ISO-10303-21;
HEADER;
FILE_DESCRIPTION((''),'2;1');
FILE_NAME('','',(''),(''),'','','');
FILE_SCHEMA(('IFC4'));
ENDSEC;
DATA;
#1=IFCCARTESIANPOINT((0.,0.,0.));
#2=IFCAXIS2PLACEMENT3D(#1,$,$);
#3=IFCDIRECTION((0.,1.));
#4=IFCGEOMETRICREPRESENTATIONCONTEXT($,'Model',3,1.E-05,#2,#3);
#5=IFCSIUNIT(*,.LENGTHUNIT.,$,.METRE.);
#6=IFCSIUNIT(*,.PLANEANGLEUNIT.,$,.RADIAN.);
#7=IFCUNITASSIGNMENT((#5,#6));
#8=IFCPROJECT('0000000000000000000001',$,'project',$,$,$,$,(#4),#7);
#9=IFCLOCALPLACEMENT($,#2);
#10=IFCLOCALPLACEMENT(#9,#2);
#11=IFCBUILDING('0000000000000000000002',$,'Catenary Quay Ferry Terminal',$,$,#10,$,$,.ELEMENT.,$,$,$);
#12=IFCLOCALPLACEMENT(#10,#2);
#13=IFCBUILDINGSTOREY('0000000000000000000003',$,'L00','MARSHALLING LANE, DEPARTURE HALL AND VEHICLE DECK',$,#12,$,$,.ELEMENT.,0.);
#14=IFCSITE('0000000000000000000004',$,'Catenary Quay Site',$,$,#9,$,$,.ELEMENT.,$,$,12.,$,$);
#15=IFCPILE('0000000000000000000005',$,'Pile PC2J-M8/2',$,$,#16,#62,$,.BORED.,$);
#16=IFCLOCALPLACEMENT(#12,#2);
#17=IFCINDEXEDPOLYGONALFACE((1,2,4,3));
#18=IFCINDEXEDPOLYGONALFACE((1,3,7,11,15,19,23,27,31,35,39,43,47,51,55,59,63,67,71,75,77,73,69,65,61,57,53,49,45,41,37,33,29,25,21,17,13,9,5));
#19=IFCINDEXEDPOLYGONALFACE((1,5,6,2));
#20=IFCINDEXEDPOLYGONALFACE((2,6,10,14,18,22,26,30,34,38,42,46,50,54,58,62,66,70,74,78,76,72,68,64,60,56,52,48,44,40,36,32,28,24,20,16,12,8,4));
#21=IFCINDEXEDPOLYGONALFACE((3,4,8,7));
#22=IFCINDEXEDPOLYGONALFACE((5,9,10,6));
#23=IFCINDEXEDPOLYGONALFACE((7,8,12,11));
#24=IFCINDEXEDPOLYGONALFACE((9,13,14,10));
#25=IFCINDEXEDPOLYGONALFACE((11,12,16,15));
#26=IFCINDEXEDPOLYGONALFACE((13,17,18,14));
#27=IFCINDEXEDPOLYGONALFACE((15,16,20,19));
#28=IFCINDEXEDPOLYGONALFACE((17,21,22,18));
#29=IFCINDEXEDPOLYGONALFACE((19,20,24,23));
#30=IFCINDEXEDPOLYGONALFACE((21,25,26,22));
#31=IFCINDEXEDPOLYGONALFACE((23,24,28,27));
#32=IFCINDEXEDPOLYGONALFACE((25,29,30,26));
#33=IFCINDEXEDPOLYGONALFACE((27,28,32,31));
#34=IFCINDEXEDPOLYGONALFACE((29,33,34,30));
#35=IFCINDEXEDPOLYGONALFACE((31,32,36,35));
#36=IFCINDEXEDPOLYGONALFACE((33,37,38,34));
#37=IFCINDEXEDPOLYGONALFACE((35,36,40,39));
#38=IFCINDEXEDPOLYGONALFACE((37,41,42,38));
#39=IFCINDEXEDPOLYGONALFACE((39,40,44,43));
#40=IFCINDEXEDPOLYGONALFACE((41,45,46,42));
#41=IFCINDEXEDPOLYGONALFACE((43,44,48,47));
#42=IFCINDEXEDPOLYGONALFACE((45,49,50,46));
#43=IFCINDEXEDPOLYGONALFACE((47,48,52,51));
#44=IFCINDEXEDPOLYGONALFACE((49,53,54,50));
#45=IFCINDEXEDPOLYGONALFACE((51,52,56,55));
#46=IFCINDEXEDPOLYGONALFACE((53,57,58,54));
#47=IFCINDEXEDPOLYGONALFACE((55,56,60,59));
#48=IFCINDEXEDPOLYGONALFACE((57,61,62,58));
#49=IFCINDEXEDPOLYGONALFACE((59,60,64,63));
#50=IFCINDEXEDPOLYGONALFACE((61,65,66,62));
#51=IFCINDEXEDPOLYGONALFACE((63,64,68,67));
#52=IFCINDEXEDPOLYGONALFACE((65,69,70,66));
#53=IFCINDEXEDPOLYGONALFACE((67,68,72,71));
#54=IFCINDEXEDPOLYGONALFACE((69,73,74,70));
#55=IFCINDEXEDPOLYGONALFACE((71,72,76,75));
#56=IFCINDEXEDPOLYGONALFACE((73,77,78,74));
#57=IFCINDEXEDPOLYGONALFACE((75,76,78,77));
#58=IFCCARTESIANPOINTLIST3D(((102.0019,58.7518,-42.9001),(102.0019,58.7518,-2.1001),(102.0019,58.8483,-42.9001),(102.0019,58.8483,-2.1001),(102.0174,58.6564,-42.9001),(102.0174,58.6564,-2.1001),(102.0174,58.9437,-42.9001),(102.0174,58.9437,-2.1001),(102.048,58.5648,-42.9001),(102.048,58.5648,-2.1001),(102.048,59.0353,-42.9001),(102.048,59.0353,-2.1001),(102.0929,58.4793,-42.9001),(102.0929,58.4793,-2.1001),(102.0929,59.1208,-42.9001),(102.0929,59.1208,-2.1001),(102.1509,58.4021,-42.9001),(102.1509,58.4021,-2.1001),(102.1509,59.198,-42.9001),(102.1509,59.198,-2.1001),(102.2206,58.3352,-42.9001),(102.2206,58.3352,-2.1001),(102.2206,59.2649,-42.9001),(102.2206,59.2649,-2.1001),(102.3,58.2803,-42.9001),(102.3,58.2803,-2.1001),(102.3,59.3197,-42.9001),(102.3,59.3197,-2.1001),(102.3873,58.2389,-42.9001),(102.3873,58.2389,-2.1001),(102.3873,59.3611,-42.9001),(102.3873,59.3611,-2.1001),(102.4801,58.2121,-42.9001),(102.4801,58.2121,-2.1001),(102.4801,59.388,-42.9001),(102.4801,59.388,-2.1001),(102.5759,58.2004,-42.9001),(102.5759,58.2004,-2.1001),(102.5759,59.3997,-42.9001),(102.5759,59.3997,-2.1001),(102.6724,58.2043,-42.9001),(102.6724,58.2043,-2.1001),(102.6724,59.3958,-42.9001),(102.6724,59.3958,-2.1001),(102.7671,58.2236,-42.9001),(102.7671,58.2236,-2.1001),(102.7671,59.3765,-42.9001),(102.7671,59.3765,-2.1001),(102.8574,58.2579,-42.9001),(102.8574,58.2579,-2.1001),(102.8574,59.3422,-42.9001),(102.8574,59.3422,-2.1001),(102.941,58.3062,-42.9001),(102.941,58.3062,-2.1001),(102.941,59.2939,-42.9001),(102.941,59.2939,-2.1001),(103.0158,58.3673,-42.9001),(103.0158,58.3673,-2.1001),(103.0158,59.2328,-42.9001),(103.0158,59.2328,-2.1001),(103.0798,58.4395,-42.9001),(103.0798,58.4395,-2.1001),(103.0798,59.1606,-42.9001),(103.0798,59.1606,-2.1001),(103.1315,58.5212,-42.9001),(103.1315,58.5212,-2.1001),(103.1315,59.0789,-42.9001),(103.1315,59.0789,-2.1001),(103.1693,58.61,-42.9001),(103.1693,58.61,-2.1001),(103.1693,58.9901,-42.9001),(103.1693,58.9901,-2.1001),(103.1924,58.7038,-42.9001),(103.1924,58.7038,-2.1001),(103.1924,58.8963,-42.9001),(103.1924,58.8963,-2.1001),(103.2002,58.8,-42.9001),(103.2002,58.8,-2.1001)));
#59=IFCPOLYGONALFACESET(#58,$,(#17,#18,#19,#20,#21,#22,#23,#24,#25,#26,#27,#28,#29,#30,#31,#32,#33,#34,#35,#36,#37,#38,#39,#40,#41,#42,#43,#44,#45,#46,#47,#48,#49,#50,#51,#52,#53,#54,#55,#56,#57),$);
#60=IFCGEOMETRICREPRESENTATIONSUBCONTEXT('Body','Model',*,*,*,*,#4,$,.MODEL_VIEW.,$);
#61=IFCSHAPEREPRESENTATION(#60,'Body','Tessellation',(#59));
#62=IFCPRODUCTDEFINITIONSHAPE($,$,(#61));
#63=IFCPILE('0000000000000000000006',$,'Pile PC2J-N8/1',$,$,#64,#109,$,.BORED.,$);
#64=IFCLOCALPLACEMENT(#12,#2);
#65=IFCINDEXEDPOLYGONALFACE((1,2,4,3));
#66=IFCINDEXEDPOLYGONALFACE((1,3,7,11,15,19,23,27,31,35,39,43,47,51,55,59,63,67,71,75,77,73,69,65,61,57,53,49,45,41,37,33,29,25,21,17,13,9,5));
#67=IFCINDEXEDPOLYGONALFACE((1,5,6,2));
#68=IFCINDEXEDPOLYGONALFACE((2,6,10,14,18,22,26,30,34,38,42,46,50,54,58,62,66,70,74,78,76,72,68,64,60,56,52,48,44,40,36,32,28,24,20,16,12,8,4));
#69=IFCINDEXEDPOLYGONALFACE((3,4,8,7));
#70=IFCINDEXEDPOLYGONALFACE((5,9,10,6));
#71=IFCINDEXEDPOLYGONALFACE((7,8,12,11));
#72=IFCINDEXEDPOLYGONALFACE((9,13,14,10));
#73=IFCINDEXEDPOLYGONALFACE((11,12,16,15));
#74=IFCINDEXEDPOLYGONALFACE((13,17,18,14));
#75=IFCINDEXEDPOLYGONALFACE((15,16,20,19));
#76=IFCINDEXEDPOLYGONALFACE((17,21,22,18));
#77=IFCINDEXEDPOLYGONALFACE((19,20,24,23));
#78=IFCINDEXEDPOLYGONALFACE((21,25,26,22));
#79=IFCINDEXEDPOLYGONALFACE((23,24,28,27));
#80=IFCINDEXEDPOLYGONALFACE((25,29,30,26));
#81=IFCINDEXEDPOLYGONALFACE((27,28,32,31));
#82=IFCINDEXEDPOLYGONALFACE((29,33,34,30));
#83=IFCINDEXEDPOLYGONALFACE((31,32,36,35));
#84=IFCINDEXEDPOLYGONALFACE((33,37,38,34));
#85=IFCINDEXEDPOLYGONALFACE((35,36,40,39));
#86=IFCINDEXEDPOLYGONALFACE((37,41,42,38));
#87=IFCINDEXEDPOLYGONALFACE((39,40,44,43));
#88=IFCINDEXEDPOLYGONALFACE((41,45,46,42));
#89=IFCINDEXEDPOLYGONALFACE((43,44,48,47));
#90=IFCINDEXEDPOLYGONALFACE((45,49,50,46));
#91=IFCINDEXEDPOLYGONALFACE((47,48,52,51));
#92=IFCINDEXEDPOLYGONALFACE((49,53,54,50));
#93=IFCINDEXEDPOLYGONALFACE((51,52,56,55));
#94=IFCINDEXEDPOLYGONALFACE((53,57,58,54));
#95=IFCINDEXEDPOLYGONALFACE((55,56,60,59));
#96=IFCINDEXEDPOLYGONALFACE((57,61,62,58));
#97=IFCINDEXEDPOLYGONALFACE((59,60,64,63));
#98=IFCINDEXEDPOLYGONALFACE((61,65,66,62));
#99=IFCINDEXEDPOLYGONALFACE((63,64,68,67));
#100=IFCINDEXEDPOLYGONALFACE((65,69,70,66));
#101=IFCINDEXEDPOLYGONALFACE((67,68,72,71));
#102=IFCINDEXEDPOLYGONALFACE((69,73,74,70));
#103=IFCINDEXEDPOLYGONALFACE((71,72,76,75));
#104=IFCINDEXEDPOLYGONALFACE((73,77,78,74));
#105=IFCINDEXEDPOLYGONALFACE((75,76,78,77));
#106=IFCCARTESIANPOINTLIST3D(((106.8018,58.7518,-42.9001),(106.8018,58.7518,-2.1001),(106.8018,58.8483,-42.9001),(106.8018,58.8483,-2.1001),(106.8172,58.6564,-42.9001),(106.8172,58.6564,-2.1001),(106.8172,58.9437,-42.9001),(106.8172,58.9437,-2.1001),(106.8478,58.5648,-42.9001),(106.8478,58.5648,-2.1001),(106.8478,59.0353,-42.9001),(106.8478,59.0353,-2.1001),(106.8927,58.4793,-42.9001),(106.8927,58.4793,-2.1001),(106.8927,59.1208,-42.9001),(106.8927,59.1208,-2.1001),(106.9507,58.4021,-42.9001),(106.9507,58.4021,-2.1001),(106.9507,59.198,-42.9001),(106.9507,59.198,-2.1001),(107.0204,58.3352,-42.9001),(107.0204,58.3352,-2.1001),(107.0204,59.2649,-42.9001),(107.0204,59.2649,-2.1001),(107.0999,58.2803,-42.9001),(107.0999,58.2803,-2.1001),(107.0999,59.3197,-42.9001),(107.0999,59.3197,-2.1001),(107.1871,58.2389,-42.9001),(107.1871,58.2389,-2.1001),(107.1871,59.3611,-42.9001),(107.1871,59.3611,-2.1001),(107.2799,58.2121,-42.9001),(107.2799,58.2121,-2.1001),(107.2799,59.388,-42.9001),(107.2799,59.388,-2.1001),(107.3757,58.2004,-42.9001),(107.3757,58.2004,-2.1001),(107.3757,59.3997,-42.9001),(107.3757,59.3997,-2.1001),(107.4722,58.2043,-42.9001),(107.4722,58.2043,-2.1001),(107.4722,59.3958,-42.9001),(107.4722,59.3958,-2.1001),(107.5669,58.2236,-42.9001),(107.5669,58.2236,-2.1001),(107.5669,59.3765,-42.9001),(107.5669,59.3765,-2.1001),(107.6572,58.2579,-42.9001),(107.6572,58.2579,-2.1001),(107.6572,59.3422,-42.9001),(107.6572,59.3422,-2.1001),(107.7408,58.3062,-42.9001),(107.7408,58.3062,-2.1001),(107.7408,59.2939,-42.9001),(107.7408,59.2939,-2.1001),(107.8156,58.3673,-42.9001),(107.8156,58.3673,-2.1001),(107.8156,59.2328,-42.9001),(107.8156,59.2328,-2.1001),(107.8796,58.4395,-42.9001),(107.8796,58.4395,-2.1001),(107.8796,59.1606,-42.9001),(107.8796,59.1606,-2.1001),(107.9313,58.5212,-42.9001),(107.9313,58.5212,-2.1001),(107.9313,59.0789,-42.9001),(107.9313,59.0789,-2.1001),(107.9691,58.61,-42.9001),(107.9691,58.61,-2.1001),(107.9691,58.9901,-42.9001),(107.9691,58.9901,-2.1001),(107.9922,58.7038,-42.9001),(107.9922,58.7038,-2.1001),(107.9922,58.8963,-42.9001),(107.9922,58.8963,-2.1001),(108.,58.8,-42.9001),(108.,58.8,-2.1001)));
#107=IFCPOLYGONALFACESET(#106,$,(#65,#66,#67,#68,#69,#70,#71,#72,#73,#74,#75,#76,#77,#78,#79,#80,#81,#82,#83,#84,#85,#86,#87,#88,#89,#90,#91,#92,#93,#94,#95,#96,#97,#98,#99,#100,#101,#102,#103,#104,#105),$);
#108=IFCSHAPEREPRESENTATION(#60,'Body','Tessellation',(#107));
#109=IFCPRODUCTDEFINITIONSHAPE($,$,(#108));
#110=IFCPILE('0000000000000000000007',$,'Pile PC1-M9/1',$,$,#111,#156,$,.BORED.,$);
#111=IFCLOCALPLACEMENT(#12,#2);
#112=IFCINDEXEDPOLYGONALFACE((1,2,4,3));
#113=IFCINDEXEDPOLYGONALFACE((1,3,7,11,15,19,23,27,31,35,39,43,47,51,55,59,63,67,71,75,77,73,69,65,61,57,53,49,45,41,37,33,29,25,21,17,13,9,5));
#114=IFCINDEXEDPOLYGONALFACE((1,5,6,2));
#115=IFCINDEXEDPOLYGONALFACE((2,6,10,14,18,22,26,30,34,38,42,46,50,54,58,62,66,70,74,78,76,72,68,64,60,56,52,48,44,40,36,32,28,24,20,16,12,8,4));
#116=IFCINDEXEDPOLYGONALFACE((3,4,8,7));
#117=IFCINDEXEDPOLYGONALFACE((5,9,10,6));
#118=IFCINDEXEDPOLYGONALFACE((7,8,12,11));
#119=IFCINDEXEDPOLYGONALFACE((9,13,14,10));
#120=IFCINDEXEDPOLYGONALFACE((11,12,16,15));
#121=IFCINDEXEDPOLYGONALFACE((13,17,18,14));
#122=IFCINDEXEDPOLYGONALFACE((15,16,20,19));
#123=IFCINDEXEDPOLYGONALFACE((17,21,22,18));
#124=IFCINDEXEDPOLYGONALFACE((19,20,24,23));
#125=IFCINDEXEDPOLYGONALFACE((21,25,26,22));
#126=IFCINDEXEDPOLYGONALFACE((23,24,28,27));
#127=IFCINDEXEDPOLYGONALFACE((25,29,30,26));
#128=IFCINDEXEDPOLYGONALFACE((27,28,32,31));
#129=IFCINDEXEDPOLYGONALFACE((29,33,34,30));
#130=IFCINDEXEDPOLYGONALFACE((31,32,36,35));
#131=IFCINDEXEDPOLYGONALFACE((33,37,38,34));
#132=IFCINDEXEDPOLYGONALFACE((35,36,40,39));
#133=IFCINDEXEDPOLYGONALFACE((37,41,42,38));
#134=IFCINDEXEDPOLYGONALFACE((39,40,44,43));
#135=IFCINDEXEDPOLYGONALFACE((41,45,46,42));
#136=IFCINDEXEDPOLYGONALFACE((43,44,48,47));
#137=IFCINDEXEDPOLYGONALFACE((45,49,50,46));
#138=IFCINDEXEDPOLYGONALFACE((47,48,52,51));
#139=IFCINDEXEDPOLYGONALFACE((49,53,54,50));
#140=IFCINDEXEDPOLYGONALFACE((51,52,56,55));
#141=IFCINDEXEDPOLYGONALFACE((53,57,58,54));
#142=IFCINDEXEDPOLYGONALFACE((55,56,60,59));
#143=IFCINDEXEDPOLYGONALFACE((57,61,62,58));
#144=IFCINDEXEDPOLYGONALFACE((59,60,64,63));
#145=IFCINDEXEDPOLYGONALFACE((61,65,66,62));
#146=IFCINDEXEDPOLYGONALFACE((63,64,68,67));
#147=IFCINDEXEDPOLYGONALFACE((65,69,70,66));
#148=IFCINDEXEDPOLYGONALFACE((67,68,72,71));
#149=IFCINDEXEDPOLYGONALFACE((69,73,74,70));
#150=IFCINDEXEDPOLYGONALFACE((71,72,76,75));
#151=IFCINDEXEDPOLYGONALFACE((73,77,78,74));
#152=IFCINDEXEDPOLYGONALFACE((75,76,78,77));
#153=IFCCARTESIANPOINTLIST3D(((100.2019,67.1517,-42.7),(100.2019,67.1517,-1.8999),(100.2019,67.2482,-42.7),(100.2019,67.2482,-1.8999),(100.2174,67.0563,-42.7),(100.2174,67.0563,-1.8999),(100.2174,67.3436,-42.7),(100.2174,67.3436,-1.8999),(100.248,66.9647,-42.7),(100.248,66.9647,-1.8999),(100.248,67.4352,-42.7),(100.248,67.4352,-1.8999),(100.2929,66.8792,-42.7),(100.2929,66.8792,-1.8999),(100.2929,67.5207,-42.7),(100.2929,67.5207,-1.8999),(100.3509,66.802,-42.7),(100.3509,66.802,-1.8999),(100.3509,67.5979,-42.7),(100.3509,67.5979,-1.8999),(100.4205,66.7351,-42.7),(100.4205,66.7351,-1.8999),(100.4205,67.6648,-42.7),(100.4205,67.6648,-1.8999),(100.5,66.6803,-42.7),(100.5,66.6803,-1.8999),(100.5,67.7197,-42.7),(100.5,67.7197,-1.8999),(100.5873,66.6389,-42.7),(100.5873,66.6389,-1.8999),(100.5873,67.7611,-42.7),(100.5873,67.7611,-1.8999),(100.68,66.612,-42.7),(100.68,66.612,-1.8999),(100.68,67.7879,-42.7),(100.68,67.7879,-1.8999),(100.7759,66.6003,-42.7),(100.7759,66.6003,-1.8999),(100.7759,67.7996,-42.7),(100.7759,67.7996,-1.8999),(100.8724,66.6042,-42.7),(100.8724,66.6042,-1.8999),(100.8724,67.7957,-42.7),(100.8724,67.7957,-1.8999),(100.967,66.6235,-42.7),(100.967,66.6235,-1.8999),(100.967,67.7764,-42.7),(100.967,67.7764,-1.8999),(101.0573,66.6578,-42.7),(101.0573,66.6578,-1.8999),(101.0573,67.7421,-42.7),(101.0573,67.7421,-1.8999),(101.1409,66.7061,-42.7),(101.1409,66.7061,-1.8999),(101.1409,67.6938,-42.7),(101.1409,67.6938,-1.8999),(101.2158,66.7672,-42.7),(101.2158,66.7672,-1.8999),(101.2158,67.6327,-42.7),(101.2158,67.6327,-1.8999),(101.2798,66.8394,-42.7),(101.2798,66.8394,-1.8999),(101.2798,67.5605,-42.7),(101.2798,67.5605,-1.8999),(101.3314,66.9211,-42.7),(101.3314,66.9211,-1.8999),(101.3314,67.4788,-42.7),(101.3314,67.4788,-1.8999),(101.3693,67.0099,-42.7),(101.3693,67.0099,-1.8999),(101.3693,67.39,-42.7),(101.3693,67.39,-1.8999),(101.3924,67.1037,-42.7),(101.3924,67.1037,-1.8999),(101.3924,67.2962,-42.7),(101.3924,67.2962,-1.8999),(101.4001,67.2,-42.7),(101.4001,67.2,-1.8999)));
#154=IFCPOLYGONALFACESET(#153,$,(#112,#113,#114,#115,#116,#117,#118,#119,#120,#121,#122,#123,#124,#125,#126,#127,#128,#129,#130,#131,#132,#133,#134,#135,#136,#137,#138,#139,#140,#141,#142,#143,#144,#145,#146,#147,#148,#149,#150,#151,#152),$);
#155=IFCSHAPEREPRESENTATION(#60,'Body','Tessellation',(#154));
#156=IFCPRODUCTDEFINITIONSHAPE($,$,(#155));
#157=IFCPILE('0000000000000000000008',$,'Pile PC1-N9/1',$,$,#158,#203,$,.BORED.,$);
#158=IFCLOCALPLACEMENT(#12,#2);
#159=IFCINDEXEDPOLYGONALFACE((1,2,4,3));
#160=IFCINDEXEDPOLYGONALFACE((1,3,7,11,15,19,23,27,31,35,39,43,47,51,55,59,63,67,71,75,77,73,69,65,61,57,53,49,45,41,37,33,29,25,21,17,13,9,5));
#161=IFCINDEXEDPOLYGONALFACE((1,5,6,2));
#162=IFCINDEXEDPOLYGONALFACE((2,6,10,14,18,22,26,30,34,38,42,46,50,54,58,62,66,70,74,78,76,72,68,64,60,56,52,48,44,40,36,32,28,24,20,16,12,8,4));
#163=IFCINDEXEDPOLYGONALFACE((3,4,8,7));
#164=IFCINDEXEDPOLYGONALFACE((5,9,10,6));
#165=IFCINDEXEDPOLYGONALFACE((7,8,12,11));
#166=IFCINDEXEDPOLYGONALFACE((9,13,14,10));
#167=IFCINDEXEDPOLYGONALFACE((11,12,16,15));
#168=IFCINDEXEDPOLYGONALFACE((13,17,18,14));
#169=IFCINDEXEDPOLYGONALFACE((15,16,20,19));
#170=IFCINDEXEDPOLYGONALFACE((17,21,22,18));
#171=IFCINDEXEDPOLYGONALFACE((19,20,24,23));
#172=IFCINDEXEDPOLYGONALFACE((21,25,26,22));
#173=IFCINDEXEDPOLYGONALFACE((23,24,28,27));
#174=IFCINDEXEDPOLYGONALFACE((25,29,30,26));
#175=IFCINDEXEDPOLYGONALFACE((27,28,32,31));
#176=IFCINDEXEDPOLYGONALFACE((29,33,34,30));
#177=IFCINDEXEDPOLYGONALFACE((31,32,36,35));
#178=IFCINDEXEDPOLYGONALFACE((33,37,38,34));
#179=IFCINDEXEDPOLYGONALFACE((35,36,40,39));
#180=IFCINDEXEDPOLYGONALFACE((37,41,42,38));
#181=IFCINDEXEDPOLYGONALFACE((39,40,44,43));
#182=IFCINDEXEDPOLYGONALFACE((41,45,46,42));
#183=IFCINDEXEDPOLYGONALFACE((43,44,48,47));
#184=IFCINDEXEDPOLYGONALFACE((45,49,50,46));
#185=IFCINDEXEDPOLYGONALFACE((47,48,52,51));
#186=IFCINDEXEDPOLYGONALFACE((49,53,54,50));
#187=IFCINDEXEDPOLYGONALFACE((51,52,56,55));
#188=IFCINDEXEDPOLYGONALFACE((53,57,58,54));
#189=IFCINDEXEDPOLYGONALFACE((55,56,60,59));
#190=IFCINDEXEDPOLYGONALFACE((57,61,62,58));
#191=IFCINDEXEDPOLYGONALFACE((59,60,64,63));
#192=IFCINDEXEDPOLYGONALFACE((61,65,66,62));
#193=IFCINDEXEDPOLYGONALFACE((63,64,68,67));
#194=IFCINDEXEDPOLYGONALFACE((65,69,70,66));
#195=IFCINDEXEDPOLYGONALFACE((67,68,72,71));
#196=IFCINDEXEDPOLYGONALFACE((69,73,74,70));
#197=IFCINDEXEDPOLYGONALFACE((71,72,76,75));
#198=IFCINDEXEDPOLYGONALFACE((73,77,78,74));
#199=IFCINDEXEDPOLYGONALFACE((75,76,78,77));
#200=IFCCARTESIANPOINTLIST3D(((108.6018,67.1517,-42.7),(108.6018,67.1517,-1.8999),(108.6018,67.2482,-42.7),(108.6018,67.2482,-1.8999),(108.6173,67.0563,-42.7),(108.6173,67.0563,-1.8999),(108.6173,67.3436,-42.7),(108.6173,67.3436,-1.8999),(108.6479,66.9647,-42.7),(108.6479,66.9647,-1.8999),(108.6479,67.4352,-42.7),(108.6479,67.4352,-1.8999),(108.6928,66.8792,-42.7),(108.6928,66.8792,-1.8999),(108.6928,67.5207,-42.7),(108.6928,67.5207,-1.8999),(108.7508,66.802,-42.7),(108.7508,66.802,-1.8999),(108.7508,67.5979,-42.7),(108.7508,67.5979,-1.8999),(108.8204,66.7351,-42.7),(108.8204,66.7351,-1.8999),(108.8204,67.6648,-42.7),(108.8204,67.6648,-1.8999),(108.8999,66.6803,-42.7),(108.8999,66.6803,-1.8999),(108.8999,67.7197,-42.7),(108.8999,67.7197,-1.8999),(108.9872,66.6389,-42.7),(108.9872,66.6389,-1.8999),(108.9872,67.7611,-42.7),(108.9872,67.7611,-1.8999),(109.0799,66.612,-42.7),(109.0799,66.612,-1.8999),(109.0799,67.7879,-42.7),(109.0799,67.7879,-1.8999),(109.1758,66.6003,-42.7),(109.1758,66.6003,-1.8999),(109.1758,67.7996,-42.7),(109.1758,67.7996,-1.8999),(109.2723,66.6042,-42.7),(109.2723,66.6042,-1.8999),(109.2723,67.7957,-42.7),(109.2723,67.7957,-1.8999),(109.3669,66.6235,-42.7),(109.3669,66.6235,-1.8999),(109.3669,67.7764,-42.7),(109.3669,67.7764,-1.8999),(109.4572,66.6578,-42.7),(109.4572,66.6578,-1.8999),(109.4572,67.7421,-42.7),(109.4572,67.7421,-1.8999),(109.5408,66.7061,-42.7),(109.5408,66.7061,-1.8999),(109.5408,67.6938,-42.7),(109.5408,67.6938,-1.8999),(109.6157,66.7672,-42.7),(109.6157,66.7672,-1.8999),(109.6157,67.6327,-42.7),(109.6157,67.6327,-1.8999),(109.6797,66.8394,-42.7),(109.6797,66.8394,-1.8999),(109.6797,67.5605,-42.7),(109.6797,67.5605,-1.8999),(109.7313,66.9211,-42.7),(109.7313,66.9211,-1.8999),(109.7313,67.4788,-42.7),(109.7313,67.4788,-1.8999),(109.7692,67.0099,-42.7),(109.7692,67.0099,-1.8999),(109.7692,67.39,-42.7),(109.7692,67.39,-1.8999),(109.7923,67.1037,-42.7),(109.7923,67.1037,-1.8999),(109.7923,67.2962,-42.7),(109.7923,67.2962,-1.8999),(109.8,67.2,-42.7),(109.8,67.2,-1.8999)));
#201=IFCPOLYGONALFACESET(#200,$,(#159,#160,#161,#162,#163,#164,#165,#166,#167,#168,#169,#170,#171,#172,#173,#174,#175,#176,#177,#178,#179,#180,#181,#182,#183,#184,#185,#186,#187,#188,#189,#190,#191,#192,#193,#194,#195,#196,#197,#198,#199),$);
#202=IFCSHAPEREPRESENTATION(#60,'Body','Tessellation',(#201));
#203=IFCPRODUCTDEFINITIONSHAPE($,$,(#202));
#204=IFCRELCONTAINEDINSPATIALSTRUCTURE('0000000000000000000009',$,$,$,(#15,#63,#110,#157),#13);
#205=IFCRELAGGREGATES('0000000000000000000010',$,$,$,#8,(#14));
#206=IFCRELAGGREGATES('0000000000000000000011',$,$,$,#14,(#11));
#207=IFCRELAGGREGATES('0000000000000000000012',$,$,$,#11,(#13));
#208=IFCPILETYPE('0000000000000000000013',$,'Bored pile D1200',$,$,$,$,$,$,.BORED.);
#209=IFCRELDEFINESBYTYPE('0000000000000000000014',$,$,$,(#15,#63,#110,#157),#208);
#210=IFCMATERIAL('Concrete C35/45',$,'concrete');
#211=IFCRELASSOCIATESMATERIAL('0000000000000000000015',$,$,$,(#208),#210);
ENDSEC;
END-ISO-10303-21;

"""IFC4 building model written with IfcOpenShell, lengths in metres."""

from ifc_helpers import new_model, si_unit, direction, frame, origin, origin_2d, place, context, subcontext, project, spatial, circle, extrude, material, material_profile, profile_set, type_object, element, save


model = new_model("IFC4")

# Units and contexts
model_context = context("Model", 3, precision=1e-05, world=origin(), true_north=direction((0.0, 1.0)))
body_context = subcontext(model_context, "Body", "Model", "MODEL_VIEW")
ifc_project = project(units=[si_unit("LENGTHUNIT", "METRE"), si_unit("PLANEANGLEUNIT", "RADIAN")], contexts=[model_context])

# Site, building, storey
site_placement = place(None, origin())
site = spatial("IfcSite", under=ifc_project, at=site_placement, Name="Catenary Quay Site", CompositionType="ELEMENT", RefElevation=12.0)
building_placement = place(site_placement, origin())
building = spatial("IfcBuilding", under=site, at=building_placement, Name="Catenary Quay Ferry Terminal", CompositionType="ELEMENT")
storey_placement = place(building_placement, origin())
storey = spatial("IfcBuildingStorey", under=building, at=storey_placement, Name="L00", Description="MARSHALLING LANE, DEPARTURE HALL AND VEHICLE DECK", CompositionType="ELEMENT", Elevation=0.0)

# Piles
ifc_material_1 = material(Name="Concrete C35/45", Category="concrete")
ifc_material_profile_1 = material_profile(ifc_material_1, circle(Radius=0.6001, at=origin_2d()), Name="D1200")
ifc_profile_set_1 = profile_set([ifc_material_profile_1], Name="Concrete C35/45")
pile_type = type_object("IfcPileType", Name="Bored pile D1200", PredefinedType="BORED", material=ifc_profile_set_1)
for number, where, z_axis, x_axis, name in (
    (1, (102.6001, 58.8, -2.1001), (0.0, 0.0, -1.0), (1.0, 0.0, 0.0), "Pile PC2J-M8/2"),
    (2, (107.3999, 58.8, -2.1001), (0.0, 0.0, -1.0), (1.0, 0.0, 0.0), "Pile PC2J-N8/1"),
    (3, (100.8, 67.2, -1.8999), (0.0, 0.0, -1.0), (1.0, 0.0, 0.0), "Pile PC1-M9/1"),
    (4, (109.2, 67.2, -1.8999), (0.0, 0.0, -1.0), (1.0, 0.0, 0.0), "Pile PC1-N9/1"),
):
    element("IfcPile", number, at=place(storey_placement, frame(where, z_axis=z_axis, x_axis=x_axis)), inside=storey, type_object=pile_type, Name=name, PredefinedType="BORED", context=body_context, shape_type="SweptSolid", body=[
        extrude(circle(Radius=0.6001, at=origin_2d()), origin(), (0.0, 0.0, 1.0), 40.8),
    ])

save(model, "model.ifc")
